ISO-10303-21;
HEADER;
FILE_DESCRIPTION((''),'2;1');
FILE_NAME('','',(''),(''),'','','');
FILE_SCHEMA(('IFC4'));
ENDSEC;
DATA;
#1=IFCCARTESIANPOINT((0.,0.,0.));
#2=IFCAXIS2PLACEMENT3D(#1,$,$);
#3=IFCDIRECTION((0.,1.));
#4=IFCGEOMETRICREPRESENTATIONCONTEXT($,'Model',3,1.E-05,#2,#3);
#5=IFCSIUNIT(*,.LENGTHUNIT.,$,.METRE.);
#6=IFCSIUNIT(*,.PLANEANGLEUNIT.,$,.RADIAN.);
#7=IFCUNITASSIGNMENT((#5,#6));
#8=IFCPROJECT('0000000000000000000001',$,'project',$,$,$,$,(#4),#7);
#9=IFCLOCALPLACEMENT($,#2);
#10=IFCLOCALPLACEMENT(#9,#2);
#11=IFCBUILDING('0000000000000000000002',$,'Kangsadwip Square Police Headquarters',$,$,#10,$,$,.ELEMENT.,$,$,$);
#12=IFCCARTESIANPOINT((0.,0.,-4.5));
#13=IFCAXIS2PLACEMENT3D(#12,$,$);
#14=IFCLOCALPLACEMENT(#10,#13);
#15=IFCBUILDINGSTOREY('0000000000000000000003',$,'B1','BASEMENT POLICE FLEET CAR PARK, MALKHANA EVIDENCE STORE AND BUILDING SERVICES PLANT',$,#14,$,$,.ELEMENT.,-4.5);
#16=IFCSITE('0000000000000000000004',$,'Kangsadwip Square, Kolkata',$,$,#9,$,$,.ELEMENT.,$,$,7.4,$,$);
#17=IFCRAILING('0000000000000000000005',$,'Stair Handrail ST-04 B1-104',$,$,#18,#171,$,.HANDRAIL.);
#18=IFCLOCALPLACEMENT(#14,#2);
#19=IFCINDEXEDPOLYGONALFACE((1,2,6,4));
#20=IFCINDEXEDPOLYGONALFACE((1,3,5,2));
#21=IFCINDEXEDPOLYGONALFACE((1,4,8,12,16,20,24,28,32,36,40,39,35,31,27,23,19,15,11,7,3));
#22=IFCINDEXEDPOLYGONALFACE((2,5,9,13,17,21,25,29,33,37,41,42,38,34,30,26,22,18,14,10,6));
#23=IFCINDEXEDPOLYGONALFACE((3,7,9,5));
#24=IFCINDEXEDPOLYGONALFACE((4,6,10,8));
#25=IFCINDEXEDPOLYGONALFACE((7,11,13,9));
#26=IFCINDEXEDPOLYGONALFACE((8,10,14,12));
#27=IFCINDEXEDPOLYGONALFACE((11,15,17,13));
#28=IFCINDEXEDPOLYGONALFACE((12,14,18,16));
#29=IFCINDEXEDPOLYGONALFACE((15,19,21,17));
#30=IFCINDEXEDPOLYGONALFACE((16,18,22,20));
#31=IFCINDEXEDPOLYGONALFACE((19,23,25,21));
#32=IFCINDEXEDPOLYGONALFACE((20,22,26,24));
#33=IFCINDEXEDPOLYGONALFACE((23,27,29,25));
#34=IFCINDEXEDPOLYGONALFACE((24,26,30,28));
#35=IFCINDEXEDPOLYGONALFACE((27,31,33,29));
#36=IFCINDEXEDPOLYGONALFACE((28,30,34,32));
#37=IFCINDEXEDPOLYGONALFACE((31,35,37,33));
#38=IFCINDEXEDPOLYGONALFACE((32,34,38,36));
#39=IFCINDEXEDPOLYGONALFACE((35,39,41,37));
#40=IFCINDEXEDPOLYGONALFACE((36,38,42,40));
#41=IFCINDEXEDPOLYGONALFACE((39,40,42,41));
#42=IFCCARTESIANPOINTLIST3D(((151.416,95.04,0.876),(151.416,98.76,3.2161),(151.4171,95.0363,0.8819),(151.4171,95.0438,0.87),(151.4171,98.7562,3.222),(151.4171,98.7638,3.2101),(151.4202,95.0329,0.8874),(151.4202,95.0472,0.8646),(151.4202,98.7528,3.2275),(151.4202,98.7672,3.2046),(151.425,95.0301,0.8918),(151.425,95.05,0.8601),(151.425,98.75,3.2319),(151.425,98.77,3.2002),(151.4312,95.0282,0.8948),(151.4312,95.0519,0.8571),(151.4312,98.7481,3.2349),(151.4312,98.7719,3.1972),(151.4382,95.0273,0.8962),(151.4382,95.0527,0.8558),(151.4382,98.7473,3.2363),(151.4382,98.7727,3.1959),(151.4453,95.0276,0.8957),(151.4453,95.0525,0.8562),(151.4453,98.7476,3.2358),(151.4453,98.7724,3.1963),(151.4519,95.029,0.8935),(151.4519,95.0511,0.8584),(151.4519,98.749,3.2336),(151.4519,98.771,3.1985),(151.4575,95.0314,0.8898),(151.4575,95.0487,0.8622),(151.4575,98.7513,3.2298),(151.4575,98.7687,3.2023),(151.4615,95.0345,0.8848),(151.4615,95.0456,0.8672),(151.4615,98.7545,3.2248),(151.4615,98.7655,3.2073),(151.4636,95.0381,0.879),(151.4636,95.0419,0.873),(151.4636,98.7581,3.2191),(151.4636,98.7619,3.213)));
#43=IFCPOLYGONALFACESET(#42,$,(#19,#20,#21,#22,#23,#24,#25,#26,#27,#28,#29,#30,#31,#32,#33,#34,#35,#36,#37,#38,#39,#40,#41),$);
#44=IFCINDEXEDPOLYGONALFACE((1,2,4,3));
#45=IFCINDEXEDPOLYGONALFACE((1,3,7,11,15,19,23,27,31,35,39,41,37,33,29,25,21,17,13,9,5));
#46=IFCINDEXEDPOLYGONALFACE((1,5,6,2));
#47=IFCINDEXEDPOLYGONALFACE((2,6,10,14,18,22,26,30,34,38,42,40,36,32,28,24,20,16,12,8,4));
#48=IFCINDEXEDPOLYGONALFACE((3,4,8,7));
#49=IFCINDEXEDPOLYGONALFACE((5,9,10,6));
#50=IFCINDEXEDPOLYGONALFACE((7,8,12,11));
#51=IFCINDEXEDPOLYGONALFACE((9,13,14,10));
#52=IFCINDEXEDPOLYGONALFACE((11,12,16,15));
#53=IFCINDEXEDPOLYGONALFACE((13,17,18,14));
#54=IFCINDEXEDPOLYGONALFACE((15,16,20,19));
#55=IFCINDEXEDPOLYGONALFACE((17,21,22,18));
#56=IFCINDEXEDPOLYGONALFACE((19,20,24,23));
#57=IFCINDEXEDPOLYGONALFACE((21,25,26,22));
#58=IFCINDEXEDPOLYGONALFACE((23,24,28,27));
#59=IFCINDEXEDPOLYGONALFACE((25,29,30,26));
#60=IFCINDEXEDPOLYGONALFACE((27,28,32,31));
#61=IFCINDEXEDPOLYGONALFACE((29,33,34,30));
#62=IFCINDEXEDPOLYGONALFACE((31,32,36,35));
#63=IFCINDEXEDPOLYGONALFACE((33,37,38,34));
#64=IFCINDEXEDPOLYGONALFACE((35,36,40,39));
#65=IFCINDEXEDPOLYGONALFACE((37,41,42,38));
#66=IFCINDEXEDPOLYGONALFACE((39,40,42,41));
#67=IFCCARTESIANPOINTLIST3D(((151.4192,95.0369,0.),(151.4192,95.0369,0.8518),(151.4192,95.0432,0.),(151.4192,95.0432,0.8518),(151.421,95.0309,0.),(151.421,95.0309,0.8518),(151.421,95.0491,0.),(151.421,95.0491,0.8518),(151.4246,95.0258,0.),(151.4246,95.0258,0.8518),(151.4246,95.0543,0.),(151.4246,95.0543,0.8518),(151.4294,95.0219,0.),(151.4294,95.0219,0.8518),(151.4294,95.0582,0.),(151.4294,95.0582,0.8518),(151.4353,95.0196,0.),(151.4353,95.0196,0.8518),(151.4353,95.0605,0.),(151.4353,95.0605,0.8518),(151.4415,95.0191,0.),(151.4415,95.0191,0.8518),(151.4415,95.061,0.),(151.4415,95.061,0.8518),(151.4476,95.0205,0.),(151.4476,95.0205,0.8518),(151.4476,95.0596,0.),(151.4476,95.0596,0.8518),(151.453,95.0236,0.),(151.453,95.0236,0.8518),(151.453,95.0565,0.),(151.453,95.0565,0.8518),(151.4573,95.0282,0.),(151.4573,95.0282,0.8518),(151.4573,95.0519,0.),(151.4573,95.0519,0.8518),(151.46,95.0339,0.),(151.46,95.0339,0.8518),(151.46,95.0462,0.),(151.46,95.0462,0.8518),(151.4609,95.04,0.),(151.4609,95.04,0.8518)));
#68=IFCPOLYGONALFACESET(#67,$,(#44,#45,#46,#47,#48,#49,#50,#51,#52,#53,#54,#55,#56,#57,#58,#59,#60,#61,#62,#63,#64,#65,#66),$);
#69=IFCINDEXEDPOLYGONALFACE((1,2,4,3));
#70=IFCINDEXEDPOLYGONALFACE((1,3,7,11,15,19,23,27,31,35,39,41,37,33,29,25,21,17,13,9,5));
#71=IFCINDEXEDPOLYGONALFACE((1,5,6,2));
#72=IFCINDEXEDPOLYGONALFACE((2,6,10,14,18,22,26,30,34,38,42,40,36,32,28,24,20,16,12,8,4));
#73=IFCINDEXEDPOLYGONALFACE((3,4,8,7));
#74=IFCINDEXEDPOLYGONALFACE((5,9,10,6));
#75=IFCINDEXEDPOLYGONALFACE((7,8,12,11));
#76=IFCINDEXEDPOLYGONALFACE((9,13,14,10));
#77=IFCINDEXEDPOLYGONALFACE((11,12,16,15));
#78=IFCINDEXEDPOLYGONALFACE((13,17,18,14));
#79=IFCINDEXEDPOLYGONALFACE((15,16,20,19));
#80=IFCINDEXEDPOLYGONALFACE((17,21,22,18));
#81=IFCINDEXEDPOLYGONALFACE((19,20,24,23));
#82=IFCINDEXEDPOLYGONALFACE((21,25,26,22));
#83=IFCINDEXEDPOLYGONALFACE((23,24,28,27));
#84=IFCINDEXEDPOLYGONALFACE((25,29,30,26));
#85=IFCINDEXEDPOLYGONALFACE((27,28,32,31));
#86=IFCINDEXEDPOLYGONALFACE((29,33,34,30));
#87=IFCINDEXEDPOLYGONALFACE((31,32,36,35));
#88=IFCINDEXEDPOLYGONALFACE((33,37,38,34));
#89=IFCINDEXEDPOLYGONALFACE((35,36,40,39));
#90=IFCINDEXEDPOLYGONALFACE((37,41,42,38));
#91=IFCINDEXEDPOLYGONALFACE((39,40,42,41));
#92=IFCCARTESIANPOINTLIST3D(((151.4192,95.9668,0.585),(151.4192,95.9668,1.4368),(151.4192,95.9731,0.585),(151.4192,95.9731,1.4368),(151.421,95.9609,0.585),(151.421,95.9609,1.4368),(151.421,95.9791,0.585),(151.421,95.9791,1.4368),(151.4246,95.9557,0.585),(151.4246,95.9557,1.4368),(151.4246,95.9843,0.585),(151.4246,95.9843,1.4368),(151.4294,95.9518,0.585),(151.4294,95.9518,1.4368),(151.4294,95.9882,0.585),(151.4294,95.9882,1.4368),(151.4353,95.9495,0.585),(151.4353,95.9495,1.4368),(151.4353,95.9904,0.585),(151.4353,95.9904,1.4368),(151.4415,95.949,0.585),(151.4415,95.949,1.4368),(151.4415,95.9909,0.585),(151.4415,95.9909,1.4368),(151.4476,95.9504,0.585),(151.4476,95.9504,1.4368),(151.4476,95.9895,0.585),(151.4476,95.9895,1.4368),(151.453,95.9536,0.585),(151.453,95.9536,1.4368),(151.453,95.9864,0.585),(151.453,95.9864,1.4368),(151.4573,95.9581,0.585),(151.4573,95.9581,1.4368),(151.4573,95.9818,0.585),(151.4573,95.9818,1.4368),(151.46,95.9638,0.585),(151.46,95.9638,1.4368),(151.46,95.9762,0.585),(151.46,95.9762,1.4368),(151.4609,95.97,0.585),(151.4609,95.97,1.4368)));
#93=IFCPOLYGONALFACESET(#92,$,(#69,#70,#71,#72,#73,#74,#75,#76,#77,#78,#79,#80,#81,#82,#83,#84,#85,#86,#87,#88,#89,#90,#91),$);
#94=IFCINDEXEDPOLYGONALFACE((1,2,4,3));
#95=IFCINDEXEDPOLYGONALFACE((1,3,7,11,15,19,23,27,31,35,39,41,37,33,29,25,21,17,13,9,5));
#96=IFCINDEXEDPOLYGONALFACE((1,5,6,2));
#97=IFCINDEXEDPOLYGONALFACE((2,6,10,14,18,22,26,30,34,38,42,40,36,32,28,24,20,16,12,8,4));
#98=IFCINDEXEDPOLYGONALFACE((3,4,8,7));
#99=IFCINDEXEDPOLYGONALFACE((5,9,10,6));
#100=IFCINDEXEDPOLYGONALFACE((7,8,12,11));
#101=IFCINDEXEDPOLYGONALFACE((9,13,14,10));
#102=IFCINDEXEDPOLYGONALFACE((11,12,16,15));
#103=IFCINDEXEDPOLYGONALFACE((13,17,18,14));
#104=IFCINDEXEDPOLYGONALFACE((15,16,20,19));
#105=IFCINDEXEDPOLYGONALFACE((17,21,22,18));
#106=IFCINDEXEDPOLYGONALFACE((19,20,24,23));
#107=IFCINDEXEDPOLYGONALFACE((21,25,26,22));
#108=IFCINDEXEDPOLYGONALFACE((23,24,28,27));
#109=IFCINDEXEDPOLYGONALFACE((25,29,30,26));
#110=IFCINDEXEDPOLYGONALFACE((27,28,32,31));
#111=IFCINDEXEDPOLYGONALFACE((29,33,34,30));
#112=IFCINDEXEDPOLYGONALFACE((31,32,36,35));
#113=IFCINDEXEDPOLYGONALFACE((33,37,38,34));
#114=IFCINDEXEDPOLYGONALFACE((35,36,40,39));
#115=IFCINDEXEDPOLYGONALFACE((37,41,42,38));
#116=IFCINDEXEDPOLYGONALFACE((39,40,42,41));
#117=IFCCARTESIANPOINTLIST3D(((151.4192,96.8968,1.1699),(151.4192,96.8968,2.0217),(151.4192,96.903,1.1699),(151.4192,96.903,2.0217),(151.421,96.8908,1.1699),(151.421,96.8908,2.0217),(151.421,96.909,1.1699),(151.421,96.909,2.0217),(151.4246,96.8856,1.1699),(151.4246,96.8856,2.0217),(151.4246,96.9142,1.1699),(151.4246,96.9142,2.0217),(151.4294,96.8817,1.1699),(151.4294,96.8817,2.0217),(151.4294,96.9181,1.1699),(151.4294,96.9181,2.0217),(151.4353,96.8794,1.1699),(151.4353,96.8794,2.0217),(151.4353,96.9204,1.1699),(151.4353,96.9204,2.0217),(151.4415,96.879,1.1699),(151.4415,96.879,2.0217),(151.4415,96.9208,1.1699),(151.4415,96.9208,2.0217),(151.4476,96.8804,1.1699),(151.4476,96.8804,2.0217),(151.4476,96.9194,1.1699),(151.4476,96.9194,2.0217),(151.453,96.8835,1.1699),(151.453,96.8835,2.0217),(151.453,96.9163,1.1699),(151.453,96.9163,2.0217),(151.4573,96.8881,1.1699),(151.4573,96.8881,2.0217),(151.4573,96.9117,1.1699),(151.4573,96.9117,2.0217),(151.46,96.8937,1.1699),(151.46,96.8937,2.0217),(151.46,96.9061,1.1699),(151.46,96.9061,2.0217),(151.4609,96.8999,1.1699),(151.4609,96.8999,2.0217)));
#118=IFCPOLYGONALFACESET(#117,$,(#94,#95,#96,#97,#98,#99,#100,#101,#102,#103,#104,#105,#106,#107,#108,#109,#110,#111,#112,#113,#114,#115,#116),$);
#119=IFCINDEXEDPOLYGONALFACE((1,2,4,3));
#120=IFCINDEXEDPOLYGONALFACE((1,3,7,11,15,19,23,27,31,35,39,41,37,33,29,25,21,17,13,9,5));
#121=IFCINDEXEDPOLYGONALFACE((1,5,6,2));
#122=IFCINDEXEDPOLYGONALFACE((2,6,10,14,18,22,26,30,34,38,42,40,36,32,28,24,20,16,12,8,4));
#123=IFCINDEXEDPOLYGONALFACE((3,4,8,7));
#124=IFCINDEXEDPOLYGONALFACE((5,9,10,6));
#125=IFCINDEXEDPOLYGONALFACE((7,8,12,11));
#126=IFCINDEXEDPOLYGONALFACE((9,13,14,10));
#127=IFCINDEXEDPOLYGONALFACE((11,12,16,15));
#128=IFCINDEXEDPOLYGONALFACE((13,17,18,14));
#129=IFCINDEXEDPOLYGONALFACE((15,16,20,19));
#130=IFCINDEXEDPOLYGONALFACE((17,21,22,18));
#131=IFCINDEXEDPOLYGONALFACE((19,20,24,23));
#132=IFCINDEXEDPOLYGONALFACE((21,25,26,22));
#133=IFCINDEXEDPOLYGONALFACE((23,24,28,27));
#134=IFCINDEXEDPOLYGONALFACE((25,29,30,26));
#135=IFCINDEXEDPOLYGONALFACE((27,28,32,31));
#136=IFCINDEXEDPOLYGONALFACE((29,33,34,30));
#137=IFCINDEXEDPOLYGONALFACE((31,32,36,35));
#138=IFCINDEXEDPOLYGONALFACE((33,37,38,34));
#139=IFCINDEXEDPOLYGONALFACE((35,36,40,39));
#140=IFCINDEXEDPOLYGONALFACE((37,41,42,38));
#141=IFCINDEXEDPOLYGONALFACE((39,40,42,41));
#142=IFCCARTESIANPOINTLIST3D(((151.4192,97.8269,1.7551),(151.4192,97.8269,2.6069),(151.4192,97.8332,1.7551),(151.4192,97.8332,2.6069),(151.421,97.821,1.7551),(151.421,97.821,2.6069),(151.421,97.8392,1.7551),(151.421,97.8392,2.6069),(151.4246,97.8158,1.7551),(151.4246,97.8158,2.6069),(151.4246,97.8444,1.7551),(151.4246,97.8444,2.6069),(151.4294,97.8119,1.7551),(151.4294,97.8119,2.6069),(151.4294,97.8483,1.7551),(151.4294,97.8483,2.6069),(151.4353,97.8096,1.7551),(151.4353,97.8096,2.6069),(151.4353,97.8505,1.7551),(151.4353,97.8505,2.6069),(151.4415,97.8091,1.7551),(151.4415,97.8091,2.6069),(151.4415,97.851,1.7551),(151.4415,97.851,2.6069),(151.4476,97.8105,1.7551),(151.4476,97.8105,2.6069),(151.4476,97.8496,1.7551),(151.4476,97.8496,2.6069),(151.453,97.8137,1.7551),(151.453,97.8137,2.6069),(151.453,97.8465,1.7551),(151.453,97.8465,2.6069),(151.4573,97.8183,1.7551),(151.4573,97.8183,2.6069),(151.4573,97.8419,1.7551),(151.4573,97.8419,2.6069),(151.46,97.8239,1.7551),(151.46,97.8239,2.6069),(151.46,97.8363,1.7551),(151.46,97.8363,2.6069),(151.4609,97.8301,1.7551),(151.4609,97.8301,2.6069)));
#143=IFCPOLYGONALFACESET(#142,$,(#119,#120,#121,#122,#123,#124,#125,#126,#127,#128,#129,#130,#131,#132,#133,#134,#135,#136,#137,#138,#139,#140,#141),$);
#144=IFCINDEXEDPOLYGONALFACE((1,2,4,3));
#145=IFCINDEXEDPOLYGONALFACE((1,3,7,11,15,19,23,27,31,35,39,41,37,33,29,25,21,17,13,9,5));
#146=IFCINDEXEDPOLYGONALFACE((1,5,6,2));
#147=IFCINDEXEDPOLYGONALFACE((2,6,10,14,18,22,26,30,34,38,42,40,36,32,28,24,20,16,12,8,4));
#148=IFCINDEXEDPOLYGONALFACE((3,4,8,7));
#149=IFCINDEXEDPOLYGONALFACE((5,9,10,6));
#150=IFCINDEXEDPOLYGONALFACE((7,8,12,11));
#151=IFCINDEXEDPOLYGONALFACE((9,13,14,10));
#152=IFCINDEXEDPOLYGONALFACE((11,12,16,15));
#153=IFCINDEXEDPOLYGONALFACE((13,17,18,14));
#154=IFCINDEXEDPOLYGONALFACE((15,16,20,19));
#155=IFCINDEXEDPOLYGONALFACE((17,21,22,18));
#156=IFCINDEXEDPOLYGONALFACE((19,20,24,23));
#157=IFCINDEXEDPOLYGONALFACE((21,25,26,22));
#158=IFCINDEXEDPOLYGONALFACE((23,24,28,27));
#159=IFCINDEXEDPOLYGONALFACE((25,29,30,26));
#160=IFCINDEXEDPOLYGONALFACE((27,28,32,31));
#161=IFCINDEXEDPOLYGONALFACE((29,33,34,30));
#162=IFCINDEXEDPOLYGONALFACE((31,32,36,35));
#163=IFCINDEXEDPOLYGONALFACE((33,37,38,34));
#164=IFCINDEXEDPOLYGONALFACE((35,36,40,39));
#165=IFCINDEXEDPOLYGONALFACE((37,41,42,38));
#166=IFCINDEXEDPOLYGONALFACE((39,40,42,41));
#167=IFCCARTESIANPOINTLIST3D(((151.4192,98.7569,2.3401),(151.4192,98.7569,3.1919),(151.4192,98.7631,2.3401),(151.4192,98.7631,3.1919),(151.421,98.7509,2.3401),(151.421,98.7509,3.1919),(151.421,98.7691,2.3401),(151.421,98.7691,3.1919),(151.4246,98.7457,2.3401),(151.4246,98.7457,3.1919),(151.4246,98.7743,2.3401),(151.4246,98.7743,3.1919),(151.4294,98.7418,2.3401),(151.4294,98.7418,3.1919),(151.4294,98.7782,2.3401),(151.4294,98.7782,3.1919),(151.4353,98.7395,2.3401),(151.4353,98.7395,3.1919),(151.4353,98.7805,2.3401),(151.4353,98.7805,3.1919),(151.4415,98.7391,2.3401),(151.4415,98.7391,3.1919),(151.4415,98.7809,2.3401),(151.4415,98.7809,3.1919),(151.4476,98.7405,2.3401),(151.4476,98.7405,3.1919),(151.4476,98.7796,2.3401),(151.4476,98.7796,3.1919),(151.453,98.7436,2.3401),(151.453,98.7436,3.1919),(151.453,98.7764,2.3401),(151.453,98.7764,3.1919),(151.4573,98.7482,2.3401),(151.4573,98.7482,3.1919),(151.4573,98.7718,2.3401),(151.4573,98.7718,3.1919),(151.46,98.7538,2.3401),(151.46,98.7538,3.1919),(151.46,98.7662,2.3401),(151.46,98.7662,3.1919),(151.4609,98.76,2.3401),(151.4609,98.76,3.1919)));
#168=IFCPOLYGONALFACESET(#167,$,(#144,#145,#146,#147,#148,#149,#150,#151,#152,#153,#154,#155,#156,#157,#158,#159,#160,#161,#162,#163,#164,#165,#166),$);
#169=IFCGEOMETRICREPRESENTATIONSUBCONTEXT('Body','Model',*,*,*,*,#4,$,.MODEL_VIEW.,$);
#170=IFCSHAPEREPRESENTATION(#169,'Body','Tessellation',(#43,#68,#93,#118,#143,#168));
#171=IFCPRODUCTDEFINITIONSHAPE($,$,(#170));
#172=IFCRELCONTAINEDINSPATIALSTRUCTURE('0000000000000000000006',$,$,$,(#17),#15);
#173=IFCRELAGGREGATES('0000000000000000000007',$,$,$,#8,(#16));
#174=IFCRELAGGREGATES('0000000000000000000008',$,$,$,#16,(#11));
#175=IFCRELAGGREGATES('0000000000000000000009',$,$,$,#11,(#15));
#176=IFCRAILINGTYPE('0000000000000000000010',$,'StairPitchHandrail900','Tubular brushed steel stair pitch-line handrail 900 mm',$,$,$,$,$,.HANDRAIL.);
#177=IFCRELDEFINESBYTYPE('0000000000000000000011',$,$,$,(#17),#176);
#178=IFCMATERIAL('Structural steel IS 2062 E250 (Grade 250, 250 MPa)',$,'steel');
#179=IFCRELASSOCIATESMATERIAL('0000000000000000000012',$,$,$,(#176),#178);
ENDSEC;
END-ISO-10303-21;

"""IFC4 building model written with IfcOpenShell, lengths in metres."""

from ifc_helpers import new_model, si_unit, direction, frame, origin, origin_2d, place, context, subcontext, project, spatial, circle, extrude, material, type_object, element, save


model = new_model("IFC4")

# Units and contexts
model_context = context("Model", 3, precision=1e-05, world=origin(), true_north=direction((0.0, 1.0)))
body_context = subcontext(model_context, "Body", "Model", "MODEL_VIEW")
ifc_project = project(units=[si_unit("LENGTHUNIT", "METRE"), si_unit("PLANEANGLEUNIT", "RADIAN")], contexts=[model_context])

# Site, building, storey
site_placement = place(None, origin())
site = spatial("IfcSite", under=ifc_project, at=site_placement, Name="Kangsadwip Square, Kolkata", CompositionType="ELEMENT", RefElevation=7.4)
building_placement = place(site_placement, origin())
building = spatial("IfcBuilding", under=site, at=building_placement, Name="Kangsadwip Square Police Headquarters", CompositionType="ELEMENT")
storey_placement = place(building_placement, frame((0.0, 0.0, -4.5)))
storey = spatial("IfcBuildingStorey", under=building, at=storey_placement, Name="B1", Description="BASEMENT POLICE FLEET CAR PARK, MALKHANA EVIDENCE STORE AND BUILDING SERVICES PLANT", CompositionType="ELEMENT", Elevation=-4.5)

# Railing
ifc_material_1 = material(Name="Structural steel IS 2062 E250 (Grade 250, 250 MPa)", Category="steel")
railing_type_1 = type_object("IfcRailingType", Name="StairPitchHandrail900", Description="Tubular brushed steel stair pitch-line handrail 900 mm", PredefinedType="HANDRAIL", material=ifc_material_1)
railing_1_placement = place(storey_placement, frame((151.4399, 95.04, 0.0)))
element("IfcRailing", 1, at=railing_1_placement, inside=storey, type_object=railing_type_1, Name="Stair Handrail ST-04 B1-104", PredefinedType="HANDRAIL", context=body_context, shape_type="SweptSolid", body=[
    extrude(circle(Radius=0.0239, at=origin_2d()), frame((0.0, 0.0, 0.876), z_axis=(0.0, 0.84645, 0.532468), x_axis=(-1.0, 0.0, 0.0)), (0.0, 0.0, 1.0), 4.3948),
    extrude(circle(Radius=0.021, at=origin_2d()), origin(), (0.0, 0.0, 1.0), 0.8518),
    extrude(circle(Radius=0.021, at=origin_2d()), frame((0.0, 0.9299, 0.585)), (0.0, 0.0, 1.0), 0.8518),
    extrude(circle(Radius=0.021, at=origin_2d()), frame((0.0, 1.8599, 1.1699)), (0.0, 0.0, 1.0), 0.8518),
    extrude(circle(Radius=0.021, at=origin_2d()), frame((0.0, 2.79, 1.7551)), (0.0, 0.0, 1.0), 0.8518),
    extrude(circle(Radius=0.021, at=origin_2d()), frame((0.0, 3.72, 2.3401)), (0.0, 0.0, 1.0), 0.8518),
])

save(model, "model.ifc")
